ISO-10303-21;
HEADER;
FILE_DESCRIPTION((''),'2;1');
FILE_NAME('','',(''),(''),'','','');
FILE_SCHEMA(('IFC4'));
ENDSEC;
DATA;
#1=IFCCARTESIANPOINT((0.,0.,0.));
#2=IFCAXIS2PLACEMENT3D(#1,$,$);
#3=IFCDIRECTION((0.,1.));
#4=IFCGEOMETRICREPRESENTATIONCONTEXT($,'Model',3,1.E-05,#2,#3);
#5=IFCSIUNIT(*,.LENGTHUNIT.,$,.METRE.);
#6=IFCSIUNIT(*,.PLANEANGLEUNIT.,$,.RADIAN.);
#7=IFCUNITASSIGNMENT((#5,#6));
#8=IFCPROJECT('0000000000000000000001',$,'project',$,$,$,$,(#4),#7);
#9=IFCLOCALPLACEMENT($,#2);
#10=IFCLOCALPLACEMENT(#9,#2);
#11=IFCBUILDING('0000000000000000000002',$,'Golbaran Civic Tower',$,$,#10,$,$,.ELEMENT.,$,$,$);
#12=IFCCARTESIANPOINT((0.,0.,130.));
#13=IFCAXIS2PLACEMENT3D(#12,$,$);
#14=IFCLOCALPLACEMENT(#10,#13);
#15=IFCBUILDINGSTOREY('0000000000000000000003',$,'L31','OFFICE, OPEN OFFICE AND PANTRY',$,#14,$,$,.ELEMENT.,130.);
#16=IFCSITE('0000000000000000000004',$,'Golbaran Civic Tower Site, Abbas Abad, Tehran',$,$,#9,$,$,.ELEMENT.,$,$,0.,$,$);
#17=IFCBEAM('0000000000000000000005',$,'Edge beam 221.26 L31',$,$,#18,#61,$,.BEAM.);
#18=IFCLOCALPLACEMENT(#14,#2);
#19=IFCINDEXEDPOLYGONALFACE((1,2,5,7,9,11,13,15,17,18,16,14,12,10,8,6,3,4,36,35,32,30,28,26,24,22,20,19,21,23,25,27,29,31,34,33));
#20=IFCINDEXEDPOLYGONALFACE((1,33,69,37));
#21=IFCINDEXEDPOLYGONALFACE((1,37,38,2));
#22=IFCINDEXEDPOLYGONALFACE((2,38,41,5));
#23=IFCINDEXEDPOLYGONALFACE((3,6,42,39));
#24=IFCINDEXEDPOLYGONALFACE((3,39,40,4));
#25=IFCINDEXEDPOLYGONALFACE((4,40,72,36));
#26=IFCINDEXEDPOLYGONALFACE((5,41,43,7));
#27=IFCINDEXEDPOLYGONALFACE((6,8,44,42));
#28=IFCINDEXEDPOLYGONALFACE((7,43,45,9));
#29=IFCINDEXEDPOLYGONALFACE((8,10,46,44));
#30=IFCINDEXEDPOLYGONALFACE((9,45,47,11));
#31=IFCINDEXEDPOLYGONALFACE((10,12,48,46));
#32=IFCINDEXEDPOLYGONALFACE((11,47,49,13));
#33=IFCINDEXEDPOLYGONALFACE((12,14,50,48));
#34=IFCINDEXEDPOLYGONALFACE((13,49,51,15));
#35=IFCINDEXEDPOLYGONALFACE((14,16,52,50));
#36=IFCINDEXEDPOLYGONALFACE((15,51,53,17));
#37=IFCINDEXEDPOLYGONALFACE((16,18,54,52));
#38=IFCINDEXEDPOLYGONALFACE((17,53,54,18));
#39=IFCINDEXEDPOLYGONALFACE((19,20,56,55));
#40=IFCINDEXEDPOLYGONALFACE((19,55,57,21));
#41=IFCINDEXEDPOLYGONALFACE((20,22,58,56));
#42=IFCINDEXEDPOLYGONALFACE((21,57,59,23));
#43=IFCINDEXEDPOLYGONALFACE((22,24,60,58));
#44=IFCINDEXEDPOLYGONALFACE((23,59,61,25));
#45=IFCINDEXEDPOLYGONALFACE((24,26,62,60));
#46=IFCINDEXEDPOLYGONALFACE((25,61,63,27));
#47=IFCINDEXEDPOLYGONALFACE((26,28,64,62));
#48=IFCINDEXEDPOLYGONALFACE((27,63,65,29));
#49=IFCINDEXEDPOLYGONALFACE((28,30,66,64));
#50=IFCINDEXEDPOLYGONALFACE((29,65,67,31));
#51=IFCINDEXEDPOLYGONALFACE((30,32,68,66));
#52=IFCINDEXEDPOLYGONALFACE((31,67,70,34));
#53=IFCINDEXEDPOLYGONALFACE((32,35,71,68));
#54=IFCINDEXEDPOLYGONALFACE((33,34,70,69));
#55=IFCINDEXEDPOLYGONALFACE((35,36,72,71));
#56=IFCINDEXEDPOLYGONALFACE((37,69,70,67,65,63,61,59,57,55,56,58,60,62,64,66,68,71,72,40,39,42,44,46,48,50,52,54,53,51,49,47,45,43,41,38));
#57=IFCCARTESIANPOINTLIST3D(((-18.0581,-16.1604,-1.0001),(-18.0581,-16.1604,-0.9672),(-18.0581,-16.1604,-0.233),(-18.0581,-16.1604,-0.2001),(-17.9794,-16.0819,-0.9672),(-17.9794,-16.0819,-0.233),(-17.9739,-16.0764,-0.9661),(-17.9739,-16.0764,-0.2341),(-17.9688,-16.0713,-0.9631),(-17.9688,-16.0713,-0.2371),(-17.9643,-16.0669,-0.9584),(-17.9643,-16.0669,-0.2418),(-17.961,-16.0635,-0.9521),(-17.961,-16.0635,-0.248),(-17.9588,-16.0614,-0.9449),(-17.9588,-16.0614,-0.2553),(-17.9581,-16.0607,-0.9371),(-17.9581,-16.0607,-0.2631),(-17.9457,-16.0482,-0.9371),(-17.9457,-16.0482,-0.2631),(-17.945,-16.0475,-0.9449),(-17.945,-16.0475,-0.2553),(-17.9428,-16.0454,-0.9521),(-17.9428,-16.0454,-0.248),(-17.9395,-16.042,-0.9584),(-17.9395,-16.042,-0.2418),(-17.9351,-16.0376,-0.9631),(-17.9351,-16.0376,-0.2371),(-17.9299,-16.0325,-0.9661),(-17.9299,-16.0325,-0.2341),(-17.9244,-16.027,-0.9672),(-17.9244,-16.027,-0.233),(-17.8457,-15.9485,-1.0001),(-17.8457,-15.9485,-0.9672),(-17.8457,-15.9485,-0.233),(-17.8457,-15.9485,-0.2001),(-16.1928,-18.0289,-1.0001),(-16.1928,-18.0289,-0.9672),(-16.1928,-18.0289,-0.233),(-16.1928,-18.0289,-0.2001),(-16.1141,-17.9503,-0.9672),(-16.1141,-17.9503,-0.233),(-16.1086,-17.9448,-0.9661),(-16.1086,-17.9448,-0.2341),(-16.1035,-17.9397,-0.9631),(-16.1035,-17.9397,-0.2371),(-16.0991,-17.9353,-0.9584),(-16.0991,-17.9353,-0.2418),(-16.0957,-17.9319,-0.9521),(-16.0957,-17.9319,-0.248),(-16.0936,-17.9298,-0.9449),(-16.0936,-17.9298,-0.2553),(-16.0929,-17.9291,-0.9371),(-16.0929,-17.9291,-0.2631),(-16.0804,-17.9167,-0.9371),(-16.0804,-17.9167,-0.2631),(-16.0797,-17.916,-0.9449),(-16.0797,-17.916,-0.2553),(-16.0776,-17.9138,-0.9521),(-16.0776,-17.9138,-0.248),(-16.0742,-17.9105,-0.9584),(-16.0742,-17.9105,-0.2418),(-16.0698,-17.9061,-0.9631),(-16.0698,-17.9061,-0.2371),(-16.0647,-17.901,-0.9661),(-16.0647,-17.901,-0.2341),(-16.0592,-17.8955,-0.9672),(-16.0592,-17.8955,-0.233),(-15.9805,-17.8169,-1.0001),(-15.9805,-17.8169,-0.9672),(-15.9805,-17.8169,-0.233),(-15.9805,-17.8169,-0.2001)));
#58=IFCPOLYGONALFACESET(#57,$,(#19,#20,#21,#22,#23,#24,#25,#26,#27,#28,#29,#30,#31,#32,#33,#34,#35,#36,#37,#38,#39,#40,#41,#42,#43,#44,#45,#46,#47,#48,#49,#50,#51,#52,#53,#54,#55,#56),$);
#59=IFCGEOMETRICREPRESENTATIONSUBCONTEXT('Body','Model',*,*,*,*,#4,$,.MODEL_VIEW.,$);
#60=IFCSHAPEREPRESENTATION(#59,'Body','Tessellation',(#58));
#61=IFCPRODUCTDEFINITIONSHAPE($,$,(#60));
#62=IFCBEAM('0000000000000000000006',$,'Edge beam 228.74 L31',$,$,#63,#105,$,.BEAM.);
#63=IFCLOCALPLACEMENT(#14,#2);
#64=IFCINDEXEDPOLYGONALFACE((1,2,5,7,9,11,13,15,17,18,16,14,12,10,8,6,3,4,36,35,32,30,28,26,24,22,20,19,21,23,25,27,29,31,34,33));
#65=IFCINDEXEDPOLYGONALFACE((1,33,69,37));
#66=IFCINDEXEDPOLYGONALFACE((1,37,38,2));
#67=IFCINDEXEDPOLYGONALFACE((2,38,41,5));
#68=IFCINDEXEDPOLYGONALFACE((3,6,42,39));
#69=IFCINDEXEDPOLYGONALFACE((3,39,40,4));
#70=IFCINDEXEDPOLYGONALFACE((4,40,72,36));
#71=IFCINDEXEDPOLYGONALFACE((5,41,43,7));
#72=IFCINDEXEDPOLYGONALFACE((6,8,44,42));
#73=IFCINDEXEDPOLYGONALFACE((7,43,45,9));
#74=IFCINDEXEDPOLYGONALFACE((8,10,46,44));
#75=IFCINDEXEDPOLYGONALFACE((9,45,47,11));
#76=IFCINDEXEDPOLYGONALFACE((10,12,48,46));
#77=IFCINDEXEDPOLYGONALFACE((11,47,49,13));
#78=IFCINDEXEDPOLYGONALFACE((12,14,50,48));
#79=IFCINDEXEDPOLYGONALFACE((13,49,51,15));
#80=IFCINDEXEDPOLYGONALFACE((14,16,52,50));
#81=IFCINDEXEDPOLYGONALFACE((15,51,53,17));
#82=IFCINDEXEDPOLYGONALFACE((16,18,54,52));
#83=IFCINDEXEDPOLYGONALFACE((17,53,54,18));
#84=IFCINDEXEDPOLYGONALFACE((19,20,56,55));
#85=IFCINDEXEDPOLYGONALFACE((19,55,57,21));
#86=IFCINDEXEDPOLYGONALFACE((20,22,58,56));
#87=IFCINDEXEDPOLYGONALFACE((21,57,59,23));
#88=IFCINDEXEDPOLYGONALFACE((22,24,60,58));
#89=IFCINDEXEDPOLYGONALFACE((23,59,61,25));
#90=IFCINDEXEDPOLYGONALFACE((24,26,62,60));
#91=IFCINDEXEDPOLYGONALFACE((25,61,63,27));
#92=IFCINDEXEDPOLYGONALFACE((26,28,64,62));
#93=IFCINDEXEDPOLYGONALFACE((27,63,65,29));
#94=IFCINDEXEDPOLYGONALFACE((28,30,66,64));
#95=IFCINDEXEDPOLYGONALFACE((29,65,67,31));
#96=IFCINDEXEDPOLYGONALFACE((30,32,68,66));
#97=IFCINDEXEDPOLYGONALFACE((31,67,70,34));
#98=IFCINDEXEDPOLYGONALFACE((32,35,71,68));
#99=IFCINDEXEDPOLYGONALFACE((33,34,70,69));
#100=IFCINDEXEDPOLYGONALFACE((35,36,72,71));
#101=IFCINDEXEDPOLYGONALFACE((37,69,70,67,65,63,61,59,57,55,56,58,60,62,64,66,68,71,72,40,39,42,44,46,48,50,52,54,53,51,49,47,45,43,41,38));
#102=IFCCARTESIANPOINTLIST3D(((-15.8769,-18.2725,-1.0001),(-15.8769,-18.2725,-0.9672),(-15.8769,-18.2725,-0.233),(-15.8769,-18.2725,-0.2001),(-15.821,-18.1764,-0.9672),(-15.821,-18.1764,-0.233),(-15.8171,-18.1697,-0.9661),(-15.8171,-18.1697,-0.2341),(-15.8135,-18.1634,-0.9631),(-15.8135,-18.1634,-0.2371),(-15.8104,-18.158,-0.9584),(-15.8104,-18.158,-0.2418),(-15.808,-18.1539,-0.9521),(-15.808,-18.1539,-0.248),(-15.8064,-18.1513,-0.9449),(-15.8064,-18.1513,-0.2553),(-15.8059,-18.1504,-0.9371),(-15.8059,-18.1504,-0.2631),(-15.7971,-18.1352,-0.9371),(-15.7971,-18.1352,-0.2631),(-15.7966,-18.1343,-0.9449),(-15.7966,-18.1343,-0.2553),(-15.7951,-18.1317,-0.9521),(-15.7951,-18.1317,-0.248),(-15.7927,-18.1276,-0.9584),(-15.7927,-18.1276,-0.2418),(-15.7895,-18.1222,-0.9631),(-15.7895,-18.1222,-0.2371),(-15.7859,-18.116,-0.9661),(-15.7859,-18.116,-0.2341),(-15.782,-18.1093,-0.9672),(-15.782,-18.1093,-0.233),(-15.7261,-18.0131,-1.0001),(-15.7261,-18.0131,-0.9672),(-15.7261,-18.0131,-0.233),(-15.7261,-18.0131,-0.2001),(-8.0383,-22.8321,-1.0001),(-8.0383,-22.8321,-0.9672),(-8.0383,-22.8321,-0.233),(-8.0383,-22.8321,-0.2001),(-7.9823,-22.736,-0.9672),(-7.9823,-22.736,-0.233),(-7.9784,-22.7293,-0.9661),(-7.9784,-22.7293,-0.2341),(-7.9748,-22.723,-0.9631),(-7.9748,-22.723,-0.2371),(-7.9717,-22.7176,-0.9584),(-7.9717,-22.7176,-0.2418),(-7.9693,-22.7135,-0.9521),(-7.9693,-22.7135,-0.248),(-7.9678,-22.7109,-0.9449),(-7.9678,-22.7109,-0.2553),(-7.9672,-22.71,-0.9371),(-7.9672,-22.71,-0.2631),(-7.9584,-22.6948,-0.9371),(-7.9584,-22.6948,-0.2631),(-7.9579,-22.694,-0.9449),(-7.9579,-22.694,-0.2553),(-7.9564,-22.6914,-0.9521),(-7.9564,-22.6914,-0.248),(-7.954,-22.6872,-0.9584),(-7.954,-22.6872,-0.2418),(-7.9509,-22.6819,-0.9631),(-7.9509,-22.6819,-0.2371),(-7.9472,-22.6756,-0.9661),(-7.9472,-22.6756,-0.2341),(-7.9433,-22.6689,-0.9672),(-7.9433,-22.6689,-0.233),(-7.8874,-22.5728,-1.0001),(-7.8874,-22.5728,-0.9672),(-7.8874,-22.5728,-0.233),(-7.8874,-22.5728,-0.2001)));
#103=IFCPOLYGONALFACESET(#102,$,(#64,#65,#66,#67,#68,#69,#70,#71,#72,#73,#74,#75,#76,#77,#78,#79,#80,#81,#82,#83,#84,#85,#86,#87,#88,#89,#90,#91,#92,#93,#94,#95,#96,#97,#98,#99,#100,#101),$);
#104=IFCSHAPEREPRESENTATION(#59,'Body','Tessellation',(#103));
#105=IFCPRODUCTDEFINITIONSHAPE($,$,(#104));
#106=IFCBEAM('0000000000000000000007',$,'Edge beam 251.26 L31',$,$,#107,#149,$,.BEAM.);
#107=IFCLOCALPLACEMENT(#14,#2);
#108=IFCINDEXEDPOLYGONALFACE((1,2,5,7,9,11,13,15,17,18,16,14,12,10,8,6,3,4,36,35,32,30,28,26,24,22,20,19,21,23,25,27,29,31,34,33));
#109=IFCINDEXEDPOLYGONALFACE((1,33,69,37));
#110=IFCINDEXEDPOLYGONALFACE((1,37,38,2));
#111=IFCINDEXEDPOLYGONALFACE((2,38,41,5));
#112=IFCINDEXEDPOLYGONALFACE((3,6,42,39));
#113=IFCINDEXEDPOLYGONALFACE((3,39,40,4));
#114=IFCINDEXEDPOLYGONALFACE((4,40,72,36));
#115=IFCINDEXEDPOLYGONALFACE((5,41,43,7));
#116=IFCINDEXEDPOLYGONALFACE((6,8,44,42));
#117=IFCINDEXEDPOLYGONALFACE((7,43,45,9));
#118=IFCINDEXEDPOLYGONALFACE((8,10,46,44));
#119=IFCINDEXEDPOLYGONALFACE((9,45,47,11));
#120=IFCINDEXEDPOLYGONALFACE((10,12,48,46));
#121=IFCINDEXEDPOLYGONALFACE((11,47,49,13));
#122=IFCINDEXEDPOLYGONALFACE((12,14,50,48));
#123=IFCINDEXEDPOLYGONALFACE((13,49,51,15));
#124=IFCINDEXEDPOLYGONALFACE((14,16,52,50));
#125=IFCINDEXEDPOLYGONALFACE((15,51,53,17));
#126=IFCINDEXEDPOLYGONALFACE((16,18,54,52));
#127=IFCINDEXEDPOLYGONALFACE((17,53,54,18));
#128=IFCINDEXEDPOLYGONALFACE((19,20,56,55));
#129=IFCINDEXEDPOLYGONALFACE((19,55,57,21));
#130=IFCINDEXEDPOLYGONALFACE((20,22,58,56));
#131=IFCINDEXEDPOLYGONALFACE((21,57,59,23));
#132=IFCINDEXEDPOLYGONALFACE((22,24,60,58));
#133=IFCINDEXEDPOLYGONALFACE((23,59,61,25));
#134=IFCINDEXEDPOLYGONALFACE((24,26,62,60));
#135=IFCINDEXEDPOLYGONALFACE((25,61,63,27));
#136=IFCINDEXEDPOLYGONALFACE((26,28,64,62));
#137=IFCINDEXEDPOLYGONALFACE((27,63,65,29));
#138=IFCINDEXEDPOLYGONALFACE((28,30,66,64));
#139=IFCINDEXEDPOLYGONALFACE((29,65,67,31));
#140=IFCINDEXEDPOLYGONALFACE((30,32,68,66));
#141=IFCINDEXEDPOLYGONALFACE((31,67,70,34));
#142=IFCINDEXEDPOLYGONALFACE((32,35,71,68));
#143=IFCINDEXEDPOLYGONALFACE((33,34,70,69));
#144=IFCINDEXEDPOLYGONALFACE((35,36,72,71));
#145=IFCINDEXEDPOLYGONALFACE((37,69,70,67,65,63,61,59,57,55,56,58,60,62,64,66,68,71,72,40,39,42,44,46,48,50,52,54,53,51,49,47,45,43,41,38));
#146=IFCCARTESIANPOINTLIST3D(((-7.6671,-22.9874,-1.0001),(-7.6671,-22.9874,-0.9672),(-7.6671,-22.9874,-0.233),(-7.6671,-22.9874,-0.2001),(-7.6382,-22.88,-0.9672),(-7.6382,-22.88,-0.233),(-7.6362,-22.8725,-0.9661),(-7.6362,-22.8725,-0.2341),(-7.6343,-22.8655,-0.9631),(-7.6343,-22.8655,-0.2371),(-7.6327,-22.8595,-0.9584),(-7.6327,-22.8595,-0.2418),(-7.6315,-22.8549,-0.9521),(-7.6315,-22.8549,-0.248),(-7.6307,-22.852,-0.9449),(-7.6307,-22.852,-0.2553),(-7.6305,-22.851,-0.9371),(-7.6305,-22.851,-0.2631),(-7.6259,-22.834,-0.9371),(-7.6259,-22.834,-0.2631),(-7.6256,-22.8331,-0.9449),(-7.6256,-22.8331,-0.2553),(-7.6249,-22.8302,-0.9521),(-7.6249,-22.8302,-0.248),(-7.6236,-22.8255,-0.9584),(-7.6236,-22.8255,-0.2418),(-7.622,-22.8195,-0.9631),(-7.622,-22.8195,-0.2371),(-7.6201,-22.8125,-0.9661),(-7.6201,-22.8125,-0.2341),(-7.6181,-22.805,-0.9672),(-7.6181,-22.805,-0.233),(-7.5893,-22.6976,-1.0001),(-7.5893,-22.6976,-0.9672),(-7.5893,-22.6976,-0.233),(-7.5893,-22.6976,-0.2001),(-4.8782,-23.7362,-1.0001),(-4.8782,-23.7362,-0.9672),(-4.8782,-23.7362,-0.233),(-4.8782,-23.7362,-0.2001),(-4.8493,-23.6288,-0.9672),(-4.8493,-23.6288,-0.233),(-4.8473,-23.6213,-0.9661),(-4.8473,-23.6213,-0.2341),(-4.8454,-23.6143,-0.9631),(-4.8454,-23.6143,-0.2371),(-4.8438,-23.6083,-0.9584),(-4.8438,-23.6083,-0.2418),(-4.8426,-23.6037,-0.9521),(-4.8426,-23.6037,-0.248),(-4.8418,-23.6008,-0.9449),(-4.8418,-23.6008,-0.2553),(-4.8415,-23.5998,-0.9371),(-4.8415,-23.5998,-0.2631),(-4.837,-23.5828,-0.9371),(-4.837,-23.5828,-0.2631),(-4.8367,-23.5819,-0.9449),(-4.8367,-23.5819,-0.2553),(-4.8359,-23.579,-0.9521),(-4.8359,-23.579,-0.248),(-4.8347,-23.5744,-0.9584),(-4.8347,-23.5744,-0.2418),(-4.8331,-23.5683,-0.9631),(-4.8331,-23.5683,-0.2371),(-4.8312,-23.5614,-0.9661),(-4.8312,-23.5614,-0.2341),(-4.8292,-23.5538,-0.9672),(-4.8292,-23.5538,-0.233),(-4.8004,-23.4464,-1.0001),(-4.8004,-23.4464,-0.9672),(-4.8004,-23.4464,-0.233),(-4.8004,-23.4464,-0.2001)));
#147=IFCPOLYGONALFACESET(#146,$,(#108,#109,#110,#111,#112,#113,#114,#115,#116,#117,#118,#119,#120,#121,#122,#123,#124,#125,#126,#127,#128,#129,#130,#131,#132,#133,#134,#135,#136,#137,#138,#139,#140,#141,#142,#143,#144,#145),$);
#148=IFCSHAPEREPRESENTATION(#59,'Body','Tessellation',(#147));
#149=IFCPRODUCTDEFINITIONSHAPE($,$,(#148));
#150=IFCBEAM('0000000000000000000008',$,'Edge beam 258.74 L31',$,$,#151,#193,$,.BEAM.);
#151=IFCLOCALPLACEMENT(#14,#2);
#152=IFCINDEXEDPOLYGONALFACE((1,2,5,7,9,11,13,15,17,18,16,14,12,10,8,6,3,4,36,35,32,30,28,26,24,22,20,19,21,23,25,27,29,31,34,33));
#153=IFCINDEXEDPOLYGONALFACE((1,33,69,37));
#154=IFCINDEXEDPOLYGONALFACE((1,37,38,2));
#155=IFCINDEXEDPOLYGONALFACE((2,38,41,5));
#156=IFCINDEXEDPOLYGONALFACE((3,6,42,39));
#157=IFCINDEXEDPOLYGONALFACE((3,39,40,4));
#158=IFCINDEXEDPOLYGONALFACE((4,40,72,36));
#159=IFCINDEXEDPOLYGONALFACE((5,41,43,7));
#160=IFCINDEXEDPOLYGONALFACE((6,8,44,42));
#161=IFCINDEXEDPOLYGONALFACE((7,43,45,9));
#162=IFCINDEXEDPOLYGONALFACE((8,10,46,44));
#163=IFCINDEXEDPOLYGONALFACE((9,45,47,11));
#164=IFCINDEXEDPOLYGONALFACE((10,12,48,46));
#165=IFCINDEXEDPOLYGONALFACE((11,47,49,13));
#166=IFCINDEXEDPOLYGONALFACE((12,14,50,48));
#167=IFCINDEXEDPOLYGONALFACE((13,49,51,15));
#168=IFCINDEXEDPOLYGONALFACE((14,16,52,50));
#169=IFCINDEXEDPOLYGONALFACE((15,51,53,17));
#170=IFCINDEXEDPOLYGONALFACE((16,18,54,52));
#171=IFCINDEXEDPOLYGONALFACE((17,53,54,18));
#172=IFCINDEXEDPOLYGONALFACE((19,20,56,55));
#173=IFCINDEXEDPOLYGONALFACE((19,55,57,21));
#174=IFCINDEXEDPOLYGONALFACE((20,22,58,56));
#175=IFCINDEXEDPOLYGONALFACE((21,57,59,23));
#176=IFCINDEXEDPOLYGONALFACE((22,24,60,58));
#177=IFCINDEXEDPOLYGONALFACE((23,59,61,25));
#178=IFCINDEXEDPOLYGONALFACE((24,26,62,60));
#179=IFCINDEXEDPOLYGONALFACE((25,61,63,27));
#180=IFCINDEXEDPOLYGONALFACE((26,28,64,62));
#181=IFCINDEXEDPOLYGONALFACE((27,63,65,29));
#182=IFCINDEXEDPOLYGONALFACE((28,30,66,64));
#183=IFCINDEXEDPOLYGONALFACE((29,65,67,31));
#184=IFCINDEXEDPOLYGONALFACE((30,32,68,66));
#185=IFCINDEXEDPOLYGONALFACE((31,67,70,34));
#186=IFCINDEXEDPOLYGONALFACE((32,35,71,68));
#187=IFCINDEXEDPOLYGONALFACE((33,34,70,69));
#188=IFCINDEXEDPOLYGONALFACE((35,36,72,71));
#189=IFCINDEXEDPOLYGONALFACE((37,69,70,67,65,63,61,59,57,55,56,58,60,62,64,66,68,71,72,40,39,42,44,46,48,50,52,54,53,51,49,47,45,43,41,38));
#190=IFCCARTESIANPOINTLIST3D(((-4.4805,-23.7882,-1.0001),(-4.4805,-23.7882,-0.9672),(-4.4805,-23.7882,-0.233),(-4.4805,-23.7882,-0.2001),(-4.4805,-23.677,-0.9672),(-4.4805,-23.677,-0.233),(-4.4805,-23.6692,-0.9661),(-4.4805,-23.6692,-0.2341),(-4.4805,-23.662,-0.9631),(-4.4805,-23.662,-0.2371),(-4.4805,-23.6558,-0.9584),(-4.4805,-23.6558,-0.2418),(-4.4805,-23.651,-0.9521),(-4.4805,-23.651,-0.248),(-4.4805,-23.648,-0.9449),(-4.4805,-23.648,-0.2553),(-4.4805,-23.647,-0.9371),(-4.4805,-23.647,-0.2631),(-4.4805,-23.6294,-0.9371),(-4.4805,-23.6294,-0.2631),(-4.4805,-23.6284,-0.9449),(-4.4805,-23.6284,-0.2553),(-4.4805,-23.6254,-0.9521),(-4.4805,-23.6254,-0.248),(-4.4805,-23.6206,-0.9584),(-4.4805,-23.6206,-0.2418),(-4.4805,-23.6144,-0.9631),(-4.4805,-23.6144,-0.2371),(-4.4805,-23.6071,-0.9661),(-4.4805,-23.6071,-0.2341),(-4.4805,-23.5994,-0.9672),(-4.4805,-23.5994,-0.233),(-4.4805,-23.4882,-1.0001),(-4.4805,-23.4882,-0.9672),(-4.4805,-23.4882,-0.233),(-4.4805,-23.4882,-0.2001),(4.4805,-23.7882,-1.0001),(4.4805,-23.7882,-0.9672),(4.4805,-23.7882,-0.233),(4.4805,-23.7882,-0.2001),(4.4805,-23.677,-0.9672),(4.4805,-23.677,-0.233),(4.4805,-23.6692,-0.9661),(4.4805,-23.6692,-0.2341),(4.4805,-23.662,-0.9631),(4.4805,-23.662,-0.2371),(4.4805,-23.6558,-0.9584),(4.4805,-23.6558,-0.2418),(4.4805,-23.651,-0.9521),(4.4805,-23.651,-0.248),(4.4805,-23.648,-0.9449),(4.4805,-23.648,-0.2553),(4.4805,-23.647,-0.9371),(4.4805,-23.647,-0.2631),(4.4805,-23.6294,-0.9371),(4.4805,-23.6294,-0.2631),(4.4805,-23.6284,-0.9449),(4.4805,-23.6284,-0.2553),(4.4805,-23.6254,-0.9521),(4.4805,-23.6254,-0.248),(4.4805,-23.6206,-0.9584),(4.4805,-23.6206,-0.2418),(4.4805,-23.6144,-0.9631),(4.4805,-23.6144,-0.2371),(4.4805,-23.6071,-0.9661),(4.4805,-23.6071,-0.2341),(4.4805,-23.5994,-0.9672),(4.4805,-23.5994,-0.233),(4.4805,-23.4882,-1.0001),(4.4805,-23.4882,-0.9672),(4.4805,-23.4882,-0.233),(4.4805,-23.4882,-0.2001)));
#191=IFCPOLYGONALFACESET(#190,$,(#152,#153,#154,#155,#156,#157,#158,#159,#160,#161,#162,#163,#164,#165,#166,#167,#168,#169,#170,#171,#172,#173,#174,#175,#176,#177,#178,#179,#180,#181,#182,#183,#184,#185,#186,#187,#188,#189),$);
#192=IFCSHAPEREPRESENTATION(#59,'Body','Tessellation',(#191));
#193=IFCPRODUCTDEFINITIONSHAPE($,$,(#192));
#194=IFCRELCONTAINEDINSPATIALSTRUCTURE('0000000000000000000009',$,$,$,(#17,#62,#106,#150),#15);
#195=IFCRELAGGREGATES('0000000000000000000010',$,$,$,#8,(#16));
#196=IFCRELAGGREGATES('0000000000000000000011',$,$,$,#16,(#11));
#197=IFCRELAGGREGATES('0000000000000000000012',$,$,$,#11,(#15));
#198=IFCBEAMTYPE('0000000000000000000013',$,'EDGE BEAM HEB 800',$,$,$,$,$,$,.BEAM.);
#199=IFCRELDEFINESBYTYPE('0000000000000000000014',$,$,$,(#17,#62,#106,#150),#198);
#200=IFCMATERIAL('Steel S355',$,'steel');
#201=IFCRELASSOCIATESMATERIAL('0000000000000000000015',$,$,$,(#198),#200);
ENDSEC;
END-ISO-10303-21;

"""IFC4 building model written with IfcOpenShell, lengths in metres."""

from ifc_helpers import new_model, si_unit, direction, frame, origin, origin_2d, place, context, subcontext, project, spatial, i_section, extrude, material, material_profile, profile_set, type_object, element, save


model = new_model("IFC4")

# Units and contexts
model_context = context("Model", 3, precision=1e-05, world=origin(), true_north=direction((0.0, 1.0)))
body_context = subcontext(model_context, "Body", "Model", "MODEL_VIEW")
ifc_project = project(units=[si_unit("LENGTHUNIT", "METRE"), si_unit("PLANEANGLEUNIT", "RADIAN")], contexts=[model_context])

# Site, building, storey
site_placement = place(None, origin())
site = spatial("IfcSite", under=ifc_project, at=site_placement, Name="Golbaran Civic Tower Site, Abbas Abad, Tehran", CompositionType="ELEMENT", RefElevation=0.0)
building_placement = place(site_placement, origin())
building = spatial("IfcBuilding", under=site, at=building_placement, Name="Golbaran Civic Tower", CompositionType="ELEMENT")
storey_placement = place(building_placement, frame((0.0, 0.0, 130.0)))
storey = spatial("IfcBuildingStorey", under=building, at=storey_placement, Name="L31", Description="OFFICE, OPEN OFFICE AND PANTRY", CompositionType="ELEMENT", Elevation=130.0)

# Beams
ifc_material_1 = material(Name="Steel S355", Category="steel")
ifc_material_profile_1 = material_profile(ifc_material_1, i_section(OverallWidth=0.3, OverallDepth=0.8, WebThickness=0.0176, FlangeThickness=0.033, FilletRadius=0.03, at=origin_2d()), Name="HEB 800")
ifc_profile_set_1 = profile_set([ifc_material_profile_1], Name="Steel S355")
beam_type_1 = type_object("IfcBeamType", Name="EDGE BEAM HEB 800", PredefinedType="BEAM", material=ifc_profile_set_1)
beam_1_placement = place(storey_placement, frame((-17.9519, -16.0544, -0.6001), z_axis=(0.706505, -0.707708, 0.0), x_axis=(0.707708, 0.706505, 0.0)))
element("IfcBeam", 1, at=beam_1_placement, inside=storey, type_object=beam_type_1, Name="Edge beam 221.26 L31", PredefinedType="BEAM", context=body_context, shape_type="SweptSolid", body=[
    extrude(i_section(OverallWidth=0.3, OverallDepth=0.8, WebThickness=0.0176, FlangeThickness=0.033, FilletRadius=0.03, at=origin_2d()), origin(), (0.0, 0.0, 1.0), 2.6401),
])
beam_2_placement = place(storey_placement, frame((-15.8015, -18.1428, -0.6001), z_axis=(0.8644, -0.502804, 0.0), x_axis=(0.502804, 0.8644, 0.0)))
element("IfcBeam", 2, at=beam_2_placement, inside=storey, type_object=beam_type_1, Name="Edge beam 228.74 L31", PredefinedType="BEAM", context=body_context, shape_type="SweptSolid", body=[
    extrude(i_section(OverallWidth=0.3, OverallDepth=0.8, WebThickness=0.0176, FlangeThickness=0.033, FilletRadius=0.03, at=origin_2d()), origin(), (0.0, 0.0, 1.0), 9.0684),
])
beam_3_placement = place(storey_placement, frame((-7.6282, -22.8425, -0.6001), z_axis=(0.965794, -0.259309, 0.0), x_axis=(0.259309, 0.965794, 0.0)))
element("IfcBeam", 3, at=beam_3_placement, inside=storey, type_object=beam_type_1, Name="Edge beam 251.26 L31", PredefinedType="BEAM", context=body_context, shape_type="SweptSolid", body=[
    extrude(i_section(OverallWidth=0.3, OverallDepth=0.8, WebThickness=0.0176, FlangeThickness=0.033, FilletRadius=0.03, at=origin_2d()), origin(), (0.0, 0.0, 1.0), 2.8877),
])
beam_4_placement = place(storey_placement, frame((-4.4805, -23.6382, -0.6001), z_axis=(1.0, 0.0, 0.0), x_axis=(0.0, 1.0, 0.0)))
element("IfcBeam", 4, at=beam_4_placement, inside=storey, type_object=beam_type_1, Name="Edge beam 258.74 L31", PredefinedType="BEAM", context=body_context, shape_type="SweptSolid", body=[
    extrude(i_section(OverallWidth=0.3, OverallDepth=0.8, WebThickness=0.0176, FlangeThickness=0.033, FilletRadius=0.03, at=origin_2d()), origin(), (0.0, 0.0, 1.0), 8.9609),
])

save(model, "model.ifc")
